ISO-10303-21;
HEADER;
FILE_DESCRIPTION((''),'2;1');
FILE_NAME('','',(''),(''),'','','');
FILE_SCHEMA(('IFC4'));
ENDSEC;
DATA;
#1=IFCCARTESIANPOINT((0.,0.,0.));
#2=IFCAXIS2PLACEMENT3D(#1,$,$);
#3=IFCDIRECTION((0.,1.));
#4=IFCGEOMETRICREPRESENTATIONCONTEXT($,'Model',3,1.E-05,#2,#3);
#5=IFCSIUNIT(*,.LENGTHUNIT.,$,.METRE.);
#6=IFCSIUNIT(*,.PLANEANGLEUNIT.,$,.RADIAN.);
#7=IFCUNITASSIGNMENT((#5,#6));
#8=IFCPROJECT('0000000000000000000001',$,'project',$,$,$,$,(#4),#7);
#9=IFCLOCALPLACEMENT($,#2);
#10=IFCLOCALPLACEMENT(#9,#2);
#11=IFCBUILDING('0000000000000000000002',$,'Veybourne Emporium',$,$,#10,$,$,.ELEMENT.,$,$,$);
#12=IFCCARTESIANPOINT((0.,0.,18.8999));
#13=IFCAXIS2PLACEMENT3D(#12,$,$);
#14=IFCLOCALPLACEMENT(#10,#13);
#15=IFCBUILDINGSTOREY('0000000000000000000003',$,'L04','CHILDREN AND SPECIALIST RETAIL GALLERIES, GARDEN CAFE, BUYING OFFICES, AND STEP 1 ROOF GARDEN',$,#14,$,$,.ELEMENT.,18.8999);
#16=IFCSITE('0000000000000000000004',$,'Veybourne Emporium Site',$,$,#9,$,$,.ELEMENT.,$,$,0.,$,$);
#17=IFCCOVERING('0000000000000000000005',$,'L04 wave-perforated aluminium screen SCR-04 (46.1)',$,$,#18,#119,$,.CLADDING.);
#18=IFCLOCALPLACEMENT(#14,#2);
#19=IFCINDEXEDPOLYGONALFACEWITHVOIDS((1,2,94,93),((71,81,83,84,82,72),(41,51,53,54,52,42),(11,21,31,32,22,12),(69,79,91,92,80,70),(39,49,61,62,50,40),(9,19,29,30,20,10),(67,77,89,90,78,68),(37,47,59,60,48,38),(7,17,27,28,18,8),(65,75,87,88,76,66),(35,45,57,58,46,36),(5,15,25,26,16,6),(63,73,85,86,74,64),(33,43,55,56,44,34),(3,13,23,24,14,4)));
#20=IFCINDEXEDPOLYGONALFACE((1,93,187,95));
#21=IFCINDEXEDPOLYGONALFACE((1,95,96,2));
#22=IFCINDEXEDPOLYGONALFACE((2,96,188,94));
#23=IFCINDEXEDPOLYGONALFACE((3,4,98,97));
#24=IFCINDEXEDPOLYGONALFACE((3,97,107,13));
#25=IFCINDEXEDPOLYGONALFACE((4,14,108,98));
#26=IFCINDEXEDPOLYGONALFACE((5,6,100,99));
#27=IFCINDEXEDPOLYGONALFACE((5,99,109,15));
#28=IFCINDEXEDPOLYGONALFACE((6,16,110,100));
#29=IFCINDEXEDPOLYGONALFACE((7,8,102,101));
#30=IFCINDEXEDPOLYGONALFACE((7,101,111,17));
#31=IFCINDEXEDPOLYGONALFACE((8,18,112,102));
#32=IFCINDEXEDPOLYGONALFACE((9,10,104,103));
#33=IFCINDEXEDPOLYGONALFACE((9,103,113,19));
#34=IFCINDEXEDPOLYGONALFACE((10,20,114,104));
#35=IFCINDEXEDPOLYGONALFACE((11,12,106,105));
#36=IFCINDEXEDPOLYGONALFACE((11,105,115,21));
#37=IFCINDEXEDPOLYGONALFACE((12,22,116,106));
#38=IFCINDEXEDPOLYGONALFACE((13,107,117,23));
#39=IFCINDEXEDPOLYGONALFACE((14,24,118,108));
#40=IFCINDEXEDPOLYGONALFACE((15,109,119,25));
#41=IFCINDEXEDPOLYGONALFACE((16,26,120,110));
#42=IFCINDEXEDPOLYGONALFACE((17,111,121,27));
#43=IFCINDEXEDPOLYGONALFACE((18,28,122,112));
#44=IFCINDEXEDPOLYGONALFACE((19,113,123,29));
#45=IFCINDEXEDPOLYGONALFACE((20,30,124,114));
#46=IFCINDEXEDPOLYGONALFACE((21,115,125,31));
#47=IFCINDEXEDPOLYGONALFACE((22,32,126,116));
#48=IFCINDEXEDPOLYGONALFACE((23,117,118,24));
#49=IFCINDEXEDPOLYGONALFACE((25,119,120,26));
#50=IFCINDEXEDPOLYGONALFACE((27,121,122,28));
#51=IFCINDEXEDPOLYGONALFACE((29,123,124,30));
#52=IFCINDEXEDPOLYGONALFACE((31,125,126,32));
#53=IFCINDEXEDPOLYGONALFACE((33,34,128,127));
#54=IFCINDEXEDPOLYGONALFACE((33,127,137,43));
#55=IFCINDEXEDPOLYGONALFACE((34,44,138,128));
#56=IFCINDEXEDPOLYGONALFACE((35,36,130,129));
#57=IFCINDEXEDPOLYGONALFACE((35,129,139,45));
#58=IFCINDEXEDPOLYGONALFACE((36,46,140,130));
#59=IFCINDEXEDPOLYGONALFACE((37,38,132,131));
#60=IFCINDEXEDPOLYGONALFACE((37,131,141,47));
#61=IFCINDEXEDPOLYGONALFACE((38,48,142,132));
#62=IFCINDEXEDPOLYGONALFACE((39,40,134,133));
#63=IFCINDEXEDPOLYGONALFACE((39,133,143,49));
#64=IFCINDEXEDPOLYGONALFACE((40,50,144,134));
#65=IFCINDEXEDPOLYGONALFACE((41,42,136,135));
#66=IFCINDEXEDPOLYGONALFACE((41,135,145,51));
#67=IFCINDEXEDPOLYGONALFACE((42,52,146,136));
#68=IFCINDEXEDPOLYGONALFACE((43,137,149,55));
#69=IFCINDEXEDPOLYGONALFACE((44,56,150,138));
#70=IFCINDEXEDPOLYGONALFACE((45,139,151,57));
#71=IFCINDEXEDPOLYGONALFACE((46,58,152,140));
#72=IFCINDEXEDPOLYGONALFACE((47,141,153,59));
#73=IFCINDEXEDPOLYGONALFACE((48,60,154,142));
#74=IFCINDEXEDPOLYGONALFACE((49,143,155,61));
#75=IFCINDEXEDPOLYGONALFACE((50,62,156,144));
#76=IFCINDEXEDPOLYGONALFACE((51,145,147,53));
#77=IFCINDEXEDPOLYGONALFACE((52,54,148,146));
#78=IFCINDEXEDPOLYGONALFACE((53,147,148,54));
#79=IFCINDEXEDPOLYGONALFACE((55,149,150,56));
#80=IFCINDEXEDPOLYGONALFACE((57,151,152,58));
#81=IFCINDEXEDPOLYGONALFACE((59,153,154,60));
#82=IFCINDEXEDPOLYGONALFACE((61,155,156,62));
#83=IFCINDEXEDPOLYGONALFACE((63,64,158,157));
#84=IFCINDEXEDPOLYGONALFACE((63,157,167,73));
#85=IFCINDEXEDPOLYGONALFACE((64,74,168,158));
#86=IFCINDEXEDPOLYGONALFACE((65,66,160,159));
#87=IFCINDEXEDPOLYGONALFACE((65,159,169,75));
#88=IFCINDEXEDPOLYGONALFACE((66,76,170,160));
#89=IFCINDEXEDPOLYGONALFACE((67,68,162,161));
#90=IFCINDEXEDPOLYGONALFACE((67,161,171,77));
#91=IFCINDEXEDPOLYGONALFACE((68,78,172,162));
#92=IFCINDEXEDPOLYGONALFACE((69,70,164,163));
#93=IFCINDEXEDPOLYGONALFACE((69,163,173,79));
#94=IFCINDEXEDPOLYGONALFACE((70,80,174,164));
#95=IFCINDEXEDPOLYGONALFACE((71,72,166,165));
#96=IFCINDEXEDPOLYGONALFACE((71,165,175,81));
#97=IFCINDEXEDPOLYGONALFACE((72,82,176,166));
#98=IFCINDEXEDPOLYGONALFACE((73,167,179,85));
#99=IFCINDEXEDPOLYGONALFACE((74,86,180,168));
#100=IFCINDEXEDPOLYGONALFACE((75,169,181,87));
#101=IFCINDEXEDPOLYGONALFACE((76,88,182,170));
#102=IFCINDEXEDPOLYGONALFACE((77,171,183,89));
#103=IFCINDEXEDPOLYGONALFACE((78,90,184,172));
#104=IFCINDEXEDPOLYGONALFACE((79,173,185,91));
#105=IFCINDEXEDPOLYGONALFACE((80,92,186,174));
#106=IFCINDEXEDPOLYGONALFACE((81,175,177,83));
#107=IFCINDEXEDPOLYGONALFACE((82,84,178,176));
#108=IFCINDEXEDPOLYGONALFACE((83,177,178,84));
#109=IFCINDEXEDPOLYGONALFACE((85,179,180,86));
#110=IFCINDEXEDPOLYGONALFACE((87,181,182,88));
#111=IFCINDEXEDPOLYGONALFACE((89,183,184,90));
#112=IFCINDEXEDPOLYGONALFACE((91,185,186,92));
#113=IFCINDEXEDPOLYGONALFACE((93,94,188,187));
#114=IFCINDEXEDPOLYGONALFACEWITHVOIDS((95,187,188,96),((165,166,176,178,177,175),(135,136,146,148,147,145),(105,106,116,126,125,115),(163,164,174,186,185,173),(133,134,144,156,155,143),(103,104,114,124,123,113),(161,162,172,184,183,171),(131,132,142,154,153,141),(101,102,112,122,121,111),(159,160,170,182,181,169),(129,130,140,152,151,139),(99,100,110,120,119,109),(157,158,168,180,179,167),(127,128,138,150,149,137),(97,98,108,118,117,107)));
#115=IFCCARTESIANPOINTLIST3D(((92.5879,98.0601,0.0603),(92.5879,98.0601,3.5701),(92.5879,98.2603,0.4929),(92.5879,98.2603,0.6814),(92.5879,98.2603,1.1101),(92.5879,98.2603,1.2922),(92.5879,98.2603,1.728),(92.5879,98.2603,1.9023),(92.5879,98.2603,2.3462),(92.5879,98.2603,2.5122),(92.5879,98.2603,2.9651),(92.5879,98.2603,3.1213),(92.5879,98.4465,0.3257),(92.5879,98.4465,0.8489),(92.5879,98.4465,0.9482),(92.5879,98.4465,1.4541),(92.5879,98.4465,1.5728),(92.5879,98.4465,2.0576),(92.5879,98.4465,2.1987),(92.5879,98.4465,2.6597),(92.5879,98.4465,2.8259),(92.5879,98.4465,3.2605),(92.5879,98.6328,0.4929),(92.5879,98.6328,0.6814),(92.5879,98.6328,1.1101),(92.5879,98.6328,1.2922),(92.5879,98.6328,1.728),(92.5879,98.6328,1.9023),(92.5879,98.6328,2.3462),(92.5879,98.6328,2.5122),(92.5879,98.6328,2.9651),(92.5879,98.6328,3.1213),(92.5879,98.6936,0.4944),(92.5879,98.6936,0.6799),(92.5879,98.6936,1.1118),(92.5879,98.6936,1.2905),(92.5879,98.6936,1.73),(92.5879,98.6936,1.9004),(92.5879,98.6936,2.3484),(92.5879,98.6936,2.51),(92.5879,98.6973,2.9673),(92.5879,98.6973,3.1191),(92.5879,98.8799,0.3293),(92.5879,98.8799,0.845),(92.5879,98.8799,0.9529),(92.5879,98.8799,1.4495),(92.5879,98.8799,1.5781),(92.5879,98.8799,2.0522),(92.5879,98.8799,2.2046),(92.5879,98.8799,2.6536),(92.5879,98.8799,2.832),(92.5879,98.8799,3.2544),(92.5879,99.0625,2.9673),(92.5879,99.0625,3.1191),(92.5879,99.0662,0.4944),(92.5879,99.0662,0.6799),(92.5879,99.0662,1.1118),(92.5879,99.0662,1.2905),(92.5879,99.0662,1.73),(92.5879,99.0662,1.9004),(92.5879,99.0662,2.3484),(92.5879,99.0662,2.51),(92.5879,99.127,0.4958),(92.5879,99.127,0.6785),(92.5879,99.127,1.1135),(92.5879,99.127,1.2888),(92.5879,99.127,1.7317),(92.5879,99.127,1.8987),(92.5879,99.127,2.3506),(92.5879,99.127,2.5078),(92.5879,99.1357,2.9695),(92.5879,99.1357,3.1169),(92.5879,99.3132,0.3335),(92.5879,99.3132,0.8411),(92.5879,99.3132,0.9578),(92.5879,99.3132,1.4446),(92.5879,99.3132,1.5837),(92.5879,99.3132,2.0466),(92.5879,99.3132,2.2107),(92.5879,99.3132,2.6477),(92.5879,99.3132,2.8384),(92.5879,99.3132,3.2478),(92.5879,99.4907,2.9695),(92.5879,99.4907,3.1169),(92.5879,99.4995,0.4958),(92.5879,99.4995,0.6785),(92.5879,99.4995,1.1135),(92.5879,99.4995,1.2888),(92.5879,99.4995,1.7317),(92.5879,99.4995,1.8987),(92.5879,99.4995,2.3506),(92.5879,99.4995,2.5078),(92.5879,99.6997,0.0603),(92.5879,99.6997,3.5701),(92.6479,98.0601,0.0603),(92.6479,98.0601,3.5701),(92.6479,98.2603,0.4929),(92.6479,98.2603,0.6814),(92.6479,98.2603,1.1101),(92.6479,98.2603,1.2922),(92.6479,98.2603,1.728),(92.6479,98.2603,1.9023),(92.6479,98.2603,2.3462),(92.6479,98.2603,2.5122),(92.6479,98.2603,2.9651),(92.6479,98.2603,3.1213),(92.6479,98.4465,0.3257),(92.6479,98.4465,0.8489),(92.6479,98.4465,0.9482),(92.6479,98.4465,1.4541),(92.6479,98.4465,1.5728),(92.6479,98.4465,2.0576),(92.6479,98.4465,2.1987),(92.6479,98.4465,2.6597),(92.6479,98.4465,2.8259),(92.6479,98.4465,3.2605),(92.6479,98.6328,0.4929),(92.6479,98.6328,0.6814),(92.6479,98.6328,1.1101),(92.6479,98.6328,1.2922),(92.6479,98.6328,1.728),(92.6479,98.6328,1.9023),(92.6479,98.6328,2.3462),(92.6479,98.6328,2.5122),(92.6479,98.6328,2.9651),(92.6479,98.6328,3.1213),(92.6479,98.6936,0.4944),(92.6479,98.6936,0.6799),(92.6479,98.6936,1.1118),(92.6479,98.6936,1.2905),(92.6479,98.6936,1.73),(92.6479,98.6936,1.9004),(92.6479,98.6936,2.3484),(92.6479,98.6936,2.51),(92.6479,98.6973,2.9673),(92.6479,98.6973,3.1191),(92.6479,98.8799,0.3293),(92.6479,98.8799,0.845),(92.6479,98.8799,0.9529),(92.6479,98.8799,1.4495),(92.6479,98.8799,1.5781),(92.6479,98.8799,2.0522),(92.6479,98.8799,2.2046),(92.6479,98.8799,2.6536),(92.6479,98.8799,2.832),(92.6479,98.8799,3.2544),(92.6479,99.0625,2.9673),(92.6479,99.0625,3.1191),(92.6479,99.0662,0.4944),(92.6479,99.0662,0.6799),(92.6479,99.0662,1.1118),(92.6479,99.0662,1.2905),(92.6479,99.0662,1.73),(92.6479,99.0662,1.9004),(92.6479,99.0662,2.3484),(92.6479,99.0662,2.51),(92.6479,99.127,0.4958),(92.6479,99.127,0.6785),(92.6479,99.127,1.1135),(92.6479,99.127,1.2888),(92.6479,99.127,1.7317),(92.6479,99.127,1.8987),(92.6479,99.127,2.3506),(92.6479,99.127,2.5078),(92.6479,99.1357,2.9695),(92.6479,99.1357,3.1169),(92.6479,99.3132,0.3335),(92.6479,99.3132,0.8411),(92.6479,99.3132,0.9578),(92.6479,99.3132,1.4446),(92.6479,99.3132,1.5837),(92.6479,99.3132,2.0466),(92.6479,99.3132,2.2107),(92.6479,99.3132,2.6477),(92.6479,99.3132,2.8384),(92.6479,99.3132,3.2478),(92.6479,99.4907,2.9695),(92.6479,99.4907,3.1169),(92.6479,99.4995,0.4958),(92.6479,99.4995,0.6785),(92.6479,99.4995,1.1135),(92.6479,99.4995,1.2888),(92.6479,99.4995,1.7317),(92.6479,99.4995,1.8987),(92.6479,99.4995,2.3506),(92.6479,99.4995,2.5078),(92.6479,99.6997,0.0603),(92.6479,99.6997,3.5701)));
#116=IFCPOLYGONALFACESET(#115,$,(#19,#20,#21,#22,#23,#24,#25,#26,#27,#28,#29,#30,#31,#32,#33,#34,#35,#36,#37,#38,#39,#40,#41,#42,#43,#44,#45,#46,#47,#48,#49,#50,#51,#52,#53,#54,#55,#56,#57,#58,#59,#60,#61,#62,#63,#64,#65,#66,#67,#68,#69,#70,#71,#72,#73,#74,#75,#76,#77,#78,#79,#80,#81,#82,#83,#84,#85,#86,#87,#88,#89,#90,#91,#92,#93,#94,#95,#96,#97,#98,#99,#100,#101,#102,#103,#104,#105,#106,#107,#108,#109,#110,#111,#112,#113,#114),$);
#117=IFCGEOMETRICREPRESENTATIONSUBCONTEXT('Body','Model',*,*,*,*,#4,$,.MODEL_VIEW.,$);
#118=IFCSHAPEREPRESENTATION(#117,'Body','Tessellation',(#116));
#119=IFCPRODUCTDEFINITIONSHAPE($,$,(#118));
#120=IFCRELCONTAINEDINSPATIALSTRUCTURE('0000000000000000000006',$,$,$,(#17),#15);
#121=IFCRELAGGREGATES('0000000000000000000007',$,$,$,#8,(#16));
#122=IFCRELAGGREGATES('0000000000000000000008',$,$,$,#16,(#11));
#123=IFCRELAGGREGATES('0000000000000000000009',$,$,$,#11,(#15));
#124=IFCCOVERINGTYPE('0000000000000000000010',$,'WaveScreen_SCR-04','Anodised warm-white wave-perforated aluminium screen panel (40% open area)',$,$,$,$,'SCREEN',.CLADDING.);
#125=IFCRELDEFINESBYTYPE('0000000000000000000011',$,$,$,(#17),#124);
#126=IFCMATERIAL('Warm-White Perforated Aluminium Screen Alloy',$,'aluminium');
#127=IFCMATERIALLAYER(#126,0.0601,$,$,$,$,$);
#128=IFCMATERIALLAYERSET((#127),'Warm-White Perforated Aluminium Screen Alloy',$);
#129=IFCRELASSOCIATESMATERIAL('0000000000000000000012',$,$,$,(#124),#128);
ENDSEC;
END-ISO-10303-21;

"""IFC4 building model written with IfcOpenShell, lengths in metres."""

from ifc_helpers import new_model, si_unit, direction, frame, origin, place, context, subcontext, project, spatial, polyline, outline, extrude, material, layer, layer_set, type_object, element, save


model = new_model("IFC4")

# Units and contexts
model_context = context("Model", 3, precision=1e-05, world=origin(), true_north=direction((0.0, 1.0)))
body_context = subcontext(model_context, "Body", "Model", "MODEL_VIEW")
ifc_project = project(units=[si_unit("LENGTHUNIT", "METRE"), si_unit("PLANEANGLEUNIT", "RADIAN")], contexts=[model_context])

# Site, building, storey
site_placement = place(None, origin())
site = spatial("IfcSite", under=ifc_project, at=site_placement, Name="Veybourne Emporium Site", CompositionType="ELEMENT", RefElevation=0.0)
building_placement = place(site_placement, origin())
building = spatial("IfcBuilding", under=site, at=building_placement, Name="Veybourne Emporium", CompositionType="ELEMENT")
storey_placement = place(building_placement, frame((0.0, 0.0, 18.8999)))
storey = spatial("IfcBuildingStorey", under=building, at=storey_placement, Name="L04", Description="CHILDREN AND SPECIALIST RETAIL GALLERIES, GARDEN CAFE, BUYING OFFICES, AND STEP 1 ROOF GARDEN", CompositionType="ELEMENT", Elevation=18.8999)

# Covering
ifc_material_1 = material(Name="Warm-White Perforated Aluminium Screen Alloy", Category="aluminium")
ifc_layer_1 = layer(ifc_material_1, 0.0601)
ifc_layer_set_1 = layer_set([ifc_layer_1], Name="Warm-White Perforated Aluminium Screen Alloy")
covering_type_1 = type_object("IfcCoveringType", Name="WaveScreen_SCR-04", Description="Anodised warm-white wave-perforated aluminium screen panel (40% open area)", ElementType="SCREEN", PredefinedType="CLADDING", material=ifc_layer_set_1)
covering_1_placement = place(storey_placement, frame((92.6479, 98.8799, 1.8152), z_axis=(-1.0, 0.0, 0.0), x_axis=(0.0, -1.0, 0.0)))
element("IfcCovering", 1, at=covering_1_placement, inside=storey, type_object=covering_type_1, Name="L04 wave-perforated aluminium screen SCR-04 (46.1)", PredefinedType="CLADDING", context=body_context, shape_type="SweptSolid", body=[
    extrude(outline(polyline([(-0.8198, -1.7549), (0.8198, -1.7549), (0.8198, 1.7549), (-0.8198, 1.7549), (-0.8198, -1.7549)]), holes=[polyline([(-0.4333, -0.9741), (-0.2471, -1.1367), (-0.2471, -1.3193), (-0.4333, -1.4817), (-0.6196, -1.3193), (-0.6196, -1.1367), (-0.4333, -0.9741)]), polyline([(-0.4333, -0.3706), (-0.2471, -0.5264), (-0.2471, -0.7017), (-0.4333, -0.8574), (-0.6196, -0.7017), (-0.6196, -0.5264), (-0.4333, -0.3706)]), polyline([(-0.4333, 0.2314), (-0.2471, 0.0835), (-0.2471, -0.0835), (-0.4333, -0.2314), (-0.6196, -0.0835), (-0.6196, 0.0835), (-0.4333, 0.2314)]), polyline([(-0.4333, 0.8325), (-0.2471, 0.6926), (-0.2471, 0.5354), (-0.4333, 0.3955), (-0.6196, 0.5354), (-0.6196, 0.6926), (-0.4333, 0.8325)]), polyline([(-0.4333, 1.4326), (-0.2559, 1.3018), (-0.2559, 1.1543), (-0.4333, 1.0232), (-0.6108, 1.1543), (-0.6108, 1.3018), (-0.4333, 1.4326)]), polyline([(0.0, -0.9702), (0.1863, -1.1353), (0.1863, -1.3208), (0.0, -1.4858), (-0.1863, -1.3208), (-0.1863, -1.1353), (0.0, -0.9702)]), polyline([(0.0, -0.3657), (0.1863, -0.5247), (0.1863, -0.7034), (0.0, -0.8623), (-0.1863, -0.7034), (-0.1863, -0.5247), (0.0, -0.3657)]), polyline([(0.0, 0.2371), (0.1863, 0.0852), (0.1863, -0.0852), (0.0, -0.2371), (-0.1863, -0.0852), (-0.1863, 0.0852), (0.0, 0.2371)]), polyline([(0.0, 0.8384), (0.1863, 0.6948), (0.1863, 0.5332), (0.0, 0.3894), (-0.1863, 0.5332), (-0.1863, 0.6948), (0.0, 0.8384)]), polyline([(0.0, 1.4392), (0.1826, 1.304), (0.1826, 1.1521), (0.0, 1.0168), (-0.1826, 1.1521), (-0.1826, 1.304), (0.0, 1.4392)]), polyline([(0.4333, -0.9663), (0.6196, -1.1338), (0.6196, -1.3223), (0.4333, -1.4895), (0.2471, -1.3223), (0.2471, -1.1338), (0.4333, -0.9663)]), polyline([(0.4333, -0.3611), (0.6196, -0.5229), (0.6196, -0.7051), (0.4333, -0.8669), (0.2471, -0.7051), (0.2471, -0.5229), (0.4333, -0.3611)]), polyline([(0.4333, 0.2424), (0.6196, 0.0872), (0.6196, -0.0872), (0.4333, -0.2424), (0.2471, -0.0872), (0.2471, 0.0872), (0.4333, 0.2424)]), polyline([(0.4333, 0.8445), (0.6196, 0.697), (0.6196, 0.531), (0.4333, 0.3835), (0.2471, 0.531), (0.2471, 0.697), (0.4333, 0.8445)]), polyline([(0.4333, 1.4453), (0.6196, 1.3062), (0.6196, 1.1499), (0.4333, 1.0107), (0.2471, 1.1499), (0.2471, 1.3062), (0.4333, 1.4453)])]), origin(), (0.0, 0.0, 1.0), 0.0601),
])

save(model, "model.ifc")
